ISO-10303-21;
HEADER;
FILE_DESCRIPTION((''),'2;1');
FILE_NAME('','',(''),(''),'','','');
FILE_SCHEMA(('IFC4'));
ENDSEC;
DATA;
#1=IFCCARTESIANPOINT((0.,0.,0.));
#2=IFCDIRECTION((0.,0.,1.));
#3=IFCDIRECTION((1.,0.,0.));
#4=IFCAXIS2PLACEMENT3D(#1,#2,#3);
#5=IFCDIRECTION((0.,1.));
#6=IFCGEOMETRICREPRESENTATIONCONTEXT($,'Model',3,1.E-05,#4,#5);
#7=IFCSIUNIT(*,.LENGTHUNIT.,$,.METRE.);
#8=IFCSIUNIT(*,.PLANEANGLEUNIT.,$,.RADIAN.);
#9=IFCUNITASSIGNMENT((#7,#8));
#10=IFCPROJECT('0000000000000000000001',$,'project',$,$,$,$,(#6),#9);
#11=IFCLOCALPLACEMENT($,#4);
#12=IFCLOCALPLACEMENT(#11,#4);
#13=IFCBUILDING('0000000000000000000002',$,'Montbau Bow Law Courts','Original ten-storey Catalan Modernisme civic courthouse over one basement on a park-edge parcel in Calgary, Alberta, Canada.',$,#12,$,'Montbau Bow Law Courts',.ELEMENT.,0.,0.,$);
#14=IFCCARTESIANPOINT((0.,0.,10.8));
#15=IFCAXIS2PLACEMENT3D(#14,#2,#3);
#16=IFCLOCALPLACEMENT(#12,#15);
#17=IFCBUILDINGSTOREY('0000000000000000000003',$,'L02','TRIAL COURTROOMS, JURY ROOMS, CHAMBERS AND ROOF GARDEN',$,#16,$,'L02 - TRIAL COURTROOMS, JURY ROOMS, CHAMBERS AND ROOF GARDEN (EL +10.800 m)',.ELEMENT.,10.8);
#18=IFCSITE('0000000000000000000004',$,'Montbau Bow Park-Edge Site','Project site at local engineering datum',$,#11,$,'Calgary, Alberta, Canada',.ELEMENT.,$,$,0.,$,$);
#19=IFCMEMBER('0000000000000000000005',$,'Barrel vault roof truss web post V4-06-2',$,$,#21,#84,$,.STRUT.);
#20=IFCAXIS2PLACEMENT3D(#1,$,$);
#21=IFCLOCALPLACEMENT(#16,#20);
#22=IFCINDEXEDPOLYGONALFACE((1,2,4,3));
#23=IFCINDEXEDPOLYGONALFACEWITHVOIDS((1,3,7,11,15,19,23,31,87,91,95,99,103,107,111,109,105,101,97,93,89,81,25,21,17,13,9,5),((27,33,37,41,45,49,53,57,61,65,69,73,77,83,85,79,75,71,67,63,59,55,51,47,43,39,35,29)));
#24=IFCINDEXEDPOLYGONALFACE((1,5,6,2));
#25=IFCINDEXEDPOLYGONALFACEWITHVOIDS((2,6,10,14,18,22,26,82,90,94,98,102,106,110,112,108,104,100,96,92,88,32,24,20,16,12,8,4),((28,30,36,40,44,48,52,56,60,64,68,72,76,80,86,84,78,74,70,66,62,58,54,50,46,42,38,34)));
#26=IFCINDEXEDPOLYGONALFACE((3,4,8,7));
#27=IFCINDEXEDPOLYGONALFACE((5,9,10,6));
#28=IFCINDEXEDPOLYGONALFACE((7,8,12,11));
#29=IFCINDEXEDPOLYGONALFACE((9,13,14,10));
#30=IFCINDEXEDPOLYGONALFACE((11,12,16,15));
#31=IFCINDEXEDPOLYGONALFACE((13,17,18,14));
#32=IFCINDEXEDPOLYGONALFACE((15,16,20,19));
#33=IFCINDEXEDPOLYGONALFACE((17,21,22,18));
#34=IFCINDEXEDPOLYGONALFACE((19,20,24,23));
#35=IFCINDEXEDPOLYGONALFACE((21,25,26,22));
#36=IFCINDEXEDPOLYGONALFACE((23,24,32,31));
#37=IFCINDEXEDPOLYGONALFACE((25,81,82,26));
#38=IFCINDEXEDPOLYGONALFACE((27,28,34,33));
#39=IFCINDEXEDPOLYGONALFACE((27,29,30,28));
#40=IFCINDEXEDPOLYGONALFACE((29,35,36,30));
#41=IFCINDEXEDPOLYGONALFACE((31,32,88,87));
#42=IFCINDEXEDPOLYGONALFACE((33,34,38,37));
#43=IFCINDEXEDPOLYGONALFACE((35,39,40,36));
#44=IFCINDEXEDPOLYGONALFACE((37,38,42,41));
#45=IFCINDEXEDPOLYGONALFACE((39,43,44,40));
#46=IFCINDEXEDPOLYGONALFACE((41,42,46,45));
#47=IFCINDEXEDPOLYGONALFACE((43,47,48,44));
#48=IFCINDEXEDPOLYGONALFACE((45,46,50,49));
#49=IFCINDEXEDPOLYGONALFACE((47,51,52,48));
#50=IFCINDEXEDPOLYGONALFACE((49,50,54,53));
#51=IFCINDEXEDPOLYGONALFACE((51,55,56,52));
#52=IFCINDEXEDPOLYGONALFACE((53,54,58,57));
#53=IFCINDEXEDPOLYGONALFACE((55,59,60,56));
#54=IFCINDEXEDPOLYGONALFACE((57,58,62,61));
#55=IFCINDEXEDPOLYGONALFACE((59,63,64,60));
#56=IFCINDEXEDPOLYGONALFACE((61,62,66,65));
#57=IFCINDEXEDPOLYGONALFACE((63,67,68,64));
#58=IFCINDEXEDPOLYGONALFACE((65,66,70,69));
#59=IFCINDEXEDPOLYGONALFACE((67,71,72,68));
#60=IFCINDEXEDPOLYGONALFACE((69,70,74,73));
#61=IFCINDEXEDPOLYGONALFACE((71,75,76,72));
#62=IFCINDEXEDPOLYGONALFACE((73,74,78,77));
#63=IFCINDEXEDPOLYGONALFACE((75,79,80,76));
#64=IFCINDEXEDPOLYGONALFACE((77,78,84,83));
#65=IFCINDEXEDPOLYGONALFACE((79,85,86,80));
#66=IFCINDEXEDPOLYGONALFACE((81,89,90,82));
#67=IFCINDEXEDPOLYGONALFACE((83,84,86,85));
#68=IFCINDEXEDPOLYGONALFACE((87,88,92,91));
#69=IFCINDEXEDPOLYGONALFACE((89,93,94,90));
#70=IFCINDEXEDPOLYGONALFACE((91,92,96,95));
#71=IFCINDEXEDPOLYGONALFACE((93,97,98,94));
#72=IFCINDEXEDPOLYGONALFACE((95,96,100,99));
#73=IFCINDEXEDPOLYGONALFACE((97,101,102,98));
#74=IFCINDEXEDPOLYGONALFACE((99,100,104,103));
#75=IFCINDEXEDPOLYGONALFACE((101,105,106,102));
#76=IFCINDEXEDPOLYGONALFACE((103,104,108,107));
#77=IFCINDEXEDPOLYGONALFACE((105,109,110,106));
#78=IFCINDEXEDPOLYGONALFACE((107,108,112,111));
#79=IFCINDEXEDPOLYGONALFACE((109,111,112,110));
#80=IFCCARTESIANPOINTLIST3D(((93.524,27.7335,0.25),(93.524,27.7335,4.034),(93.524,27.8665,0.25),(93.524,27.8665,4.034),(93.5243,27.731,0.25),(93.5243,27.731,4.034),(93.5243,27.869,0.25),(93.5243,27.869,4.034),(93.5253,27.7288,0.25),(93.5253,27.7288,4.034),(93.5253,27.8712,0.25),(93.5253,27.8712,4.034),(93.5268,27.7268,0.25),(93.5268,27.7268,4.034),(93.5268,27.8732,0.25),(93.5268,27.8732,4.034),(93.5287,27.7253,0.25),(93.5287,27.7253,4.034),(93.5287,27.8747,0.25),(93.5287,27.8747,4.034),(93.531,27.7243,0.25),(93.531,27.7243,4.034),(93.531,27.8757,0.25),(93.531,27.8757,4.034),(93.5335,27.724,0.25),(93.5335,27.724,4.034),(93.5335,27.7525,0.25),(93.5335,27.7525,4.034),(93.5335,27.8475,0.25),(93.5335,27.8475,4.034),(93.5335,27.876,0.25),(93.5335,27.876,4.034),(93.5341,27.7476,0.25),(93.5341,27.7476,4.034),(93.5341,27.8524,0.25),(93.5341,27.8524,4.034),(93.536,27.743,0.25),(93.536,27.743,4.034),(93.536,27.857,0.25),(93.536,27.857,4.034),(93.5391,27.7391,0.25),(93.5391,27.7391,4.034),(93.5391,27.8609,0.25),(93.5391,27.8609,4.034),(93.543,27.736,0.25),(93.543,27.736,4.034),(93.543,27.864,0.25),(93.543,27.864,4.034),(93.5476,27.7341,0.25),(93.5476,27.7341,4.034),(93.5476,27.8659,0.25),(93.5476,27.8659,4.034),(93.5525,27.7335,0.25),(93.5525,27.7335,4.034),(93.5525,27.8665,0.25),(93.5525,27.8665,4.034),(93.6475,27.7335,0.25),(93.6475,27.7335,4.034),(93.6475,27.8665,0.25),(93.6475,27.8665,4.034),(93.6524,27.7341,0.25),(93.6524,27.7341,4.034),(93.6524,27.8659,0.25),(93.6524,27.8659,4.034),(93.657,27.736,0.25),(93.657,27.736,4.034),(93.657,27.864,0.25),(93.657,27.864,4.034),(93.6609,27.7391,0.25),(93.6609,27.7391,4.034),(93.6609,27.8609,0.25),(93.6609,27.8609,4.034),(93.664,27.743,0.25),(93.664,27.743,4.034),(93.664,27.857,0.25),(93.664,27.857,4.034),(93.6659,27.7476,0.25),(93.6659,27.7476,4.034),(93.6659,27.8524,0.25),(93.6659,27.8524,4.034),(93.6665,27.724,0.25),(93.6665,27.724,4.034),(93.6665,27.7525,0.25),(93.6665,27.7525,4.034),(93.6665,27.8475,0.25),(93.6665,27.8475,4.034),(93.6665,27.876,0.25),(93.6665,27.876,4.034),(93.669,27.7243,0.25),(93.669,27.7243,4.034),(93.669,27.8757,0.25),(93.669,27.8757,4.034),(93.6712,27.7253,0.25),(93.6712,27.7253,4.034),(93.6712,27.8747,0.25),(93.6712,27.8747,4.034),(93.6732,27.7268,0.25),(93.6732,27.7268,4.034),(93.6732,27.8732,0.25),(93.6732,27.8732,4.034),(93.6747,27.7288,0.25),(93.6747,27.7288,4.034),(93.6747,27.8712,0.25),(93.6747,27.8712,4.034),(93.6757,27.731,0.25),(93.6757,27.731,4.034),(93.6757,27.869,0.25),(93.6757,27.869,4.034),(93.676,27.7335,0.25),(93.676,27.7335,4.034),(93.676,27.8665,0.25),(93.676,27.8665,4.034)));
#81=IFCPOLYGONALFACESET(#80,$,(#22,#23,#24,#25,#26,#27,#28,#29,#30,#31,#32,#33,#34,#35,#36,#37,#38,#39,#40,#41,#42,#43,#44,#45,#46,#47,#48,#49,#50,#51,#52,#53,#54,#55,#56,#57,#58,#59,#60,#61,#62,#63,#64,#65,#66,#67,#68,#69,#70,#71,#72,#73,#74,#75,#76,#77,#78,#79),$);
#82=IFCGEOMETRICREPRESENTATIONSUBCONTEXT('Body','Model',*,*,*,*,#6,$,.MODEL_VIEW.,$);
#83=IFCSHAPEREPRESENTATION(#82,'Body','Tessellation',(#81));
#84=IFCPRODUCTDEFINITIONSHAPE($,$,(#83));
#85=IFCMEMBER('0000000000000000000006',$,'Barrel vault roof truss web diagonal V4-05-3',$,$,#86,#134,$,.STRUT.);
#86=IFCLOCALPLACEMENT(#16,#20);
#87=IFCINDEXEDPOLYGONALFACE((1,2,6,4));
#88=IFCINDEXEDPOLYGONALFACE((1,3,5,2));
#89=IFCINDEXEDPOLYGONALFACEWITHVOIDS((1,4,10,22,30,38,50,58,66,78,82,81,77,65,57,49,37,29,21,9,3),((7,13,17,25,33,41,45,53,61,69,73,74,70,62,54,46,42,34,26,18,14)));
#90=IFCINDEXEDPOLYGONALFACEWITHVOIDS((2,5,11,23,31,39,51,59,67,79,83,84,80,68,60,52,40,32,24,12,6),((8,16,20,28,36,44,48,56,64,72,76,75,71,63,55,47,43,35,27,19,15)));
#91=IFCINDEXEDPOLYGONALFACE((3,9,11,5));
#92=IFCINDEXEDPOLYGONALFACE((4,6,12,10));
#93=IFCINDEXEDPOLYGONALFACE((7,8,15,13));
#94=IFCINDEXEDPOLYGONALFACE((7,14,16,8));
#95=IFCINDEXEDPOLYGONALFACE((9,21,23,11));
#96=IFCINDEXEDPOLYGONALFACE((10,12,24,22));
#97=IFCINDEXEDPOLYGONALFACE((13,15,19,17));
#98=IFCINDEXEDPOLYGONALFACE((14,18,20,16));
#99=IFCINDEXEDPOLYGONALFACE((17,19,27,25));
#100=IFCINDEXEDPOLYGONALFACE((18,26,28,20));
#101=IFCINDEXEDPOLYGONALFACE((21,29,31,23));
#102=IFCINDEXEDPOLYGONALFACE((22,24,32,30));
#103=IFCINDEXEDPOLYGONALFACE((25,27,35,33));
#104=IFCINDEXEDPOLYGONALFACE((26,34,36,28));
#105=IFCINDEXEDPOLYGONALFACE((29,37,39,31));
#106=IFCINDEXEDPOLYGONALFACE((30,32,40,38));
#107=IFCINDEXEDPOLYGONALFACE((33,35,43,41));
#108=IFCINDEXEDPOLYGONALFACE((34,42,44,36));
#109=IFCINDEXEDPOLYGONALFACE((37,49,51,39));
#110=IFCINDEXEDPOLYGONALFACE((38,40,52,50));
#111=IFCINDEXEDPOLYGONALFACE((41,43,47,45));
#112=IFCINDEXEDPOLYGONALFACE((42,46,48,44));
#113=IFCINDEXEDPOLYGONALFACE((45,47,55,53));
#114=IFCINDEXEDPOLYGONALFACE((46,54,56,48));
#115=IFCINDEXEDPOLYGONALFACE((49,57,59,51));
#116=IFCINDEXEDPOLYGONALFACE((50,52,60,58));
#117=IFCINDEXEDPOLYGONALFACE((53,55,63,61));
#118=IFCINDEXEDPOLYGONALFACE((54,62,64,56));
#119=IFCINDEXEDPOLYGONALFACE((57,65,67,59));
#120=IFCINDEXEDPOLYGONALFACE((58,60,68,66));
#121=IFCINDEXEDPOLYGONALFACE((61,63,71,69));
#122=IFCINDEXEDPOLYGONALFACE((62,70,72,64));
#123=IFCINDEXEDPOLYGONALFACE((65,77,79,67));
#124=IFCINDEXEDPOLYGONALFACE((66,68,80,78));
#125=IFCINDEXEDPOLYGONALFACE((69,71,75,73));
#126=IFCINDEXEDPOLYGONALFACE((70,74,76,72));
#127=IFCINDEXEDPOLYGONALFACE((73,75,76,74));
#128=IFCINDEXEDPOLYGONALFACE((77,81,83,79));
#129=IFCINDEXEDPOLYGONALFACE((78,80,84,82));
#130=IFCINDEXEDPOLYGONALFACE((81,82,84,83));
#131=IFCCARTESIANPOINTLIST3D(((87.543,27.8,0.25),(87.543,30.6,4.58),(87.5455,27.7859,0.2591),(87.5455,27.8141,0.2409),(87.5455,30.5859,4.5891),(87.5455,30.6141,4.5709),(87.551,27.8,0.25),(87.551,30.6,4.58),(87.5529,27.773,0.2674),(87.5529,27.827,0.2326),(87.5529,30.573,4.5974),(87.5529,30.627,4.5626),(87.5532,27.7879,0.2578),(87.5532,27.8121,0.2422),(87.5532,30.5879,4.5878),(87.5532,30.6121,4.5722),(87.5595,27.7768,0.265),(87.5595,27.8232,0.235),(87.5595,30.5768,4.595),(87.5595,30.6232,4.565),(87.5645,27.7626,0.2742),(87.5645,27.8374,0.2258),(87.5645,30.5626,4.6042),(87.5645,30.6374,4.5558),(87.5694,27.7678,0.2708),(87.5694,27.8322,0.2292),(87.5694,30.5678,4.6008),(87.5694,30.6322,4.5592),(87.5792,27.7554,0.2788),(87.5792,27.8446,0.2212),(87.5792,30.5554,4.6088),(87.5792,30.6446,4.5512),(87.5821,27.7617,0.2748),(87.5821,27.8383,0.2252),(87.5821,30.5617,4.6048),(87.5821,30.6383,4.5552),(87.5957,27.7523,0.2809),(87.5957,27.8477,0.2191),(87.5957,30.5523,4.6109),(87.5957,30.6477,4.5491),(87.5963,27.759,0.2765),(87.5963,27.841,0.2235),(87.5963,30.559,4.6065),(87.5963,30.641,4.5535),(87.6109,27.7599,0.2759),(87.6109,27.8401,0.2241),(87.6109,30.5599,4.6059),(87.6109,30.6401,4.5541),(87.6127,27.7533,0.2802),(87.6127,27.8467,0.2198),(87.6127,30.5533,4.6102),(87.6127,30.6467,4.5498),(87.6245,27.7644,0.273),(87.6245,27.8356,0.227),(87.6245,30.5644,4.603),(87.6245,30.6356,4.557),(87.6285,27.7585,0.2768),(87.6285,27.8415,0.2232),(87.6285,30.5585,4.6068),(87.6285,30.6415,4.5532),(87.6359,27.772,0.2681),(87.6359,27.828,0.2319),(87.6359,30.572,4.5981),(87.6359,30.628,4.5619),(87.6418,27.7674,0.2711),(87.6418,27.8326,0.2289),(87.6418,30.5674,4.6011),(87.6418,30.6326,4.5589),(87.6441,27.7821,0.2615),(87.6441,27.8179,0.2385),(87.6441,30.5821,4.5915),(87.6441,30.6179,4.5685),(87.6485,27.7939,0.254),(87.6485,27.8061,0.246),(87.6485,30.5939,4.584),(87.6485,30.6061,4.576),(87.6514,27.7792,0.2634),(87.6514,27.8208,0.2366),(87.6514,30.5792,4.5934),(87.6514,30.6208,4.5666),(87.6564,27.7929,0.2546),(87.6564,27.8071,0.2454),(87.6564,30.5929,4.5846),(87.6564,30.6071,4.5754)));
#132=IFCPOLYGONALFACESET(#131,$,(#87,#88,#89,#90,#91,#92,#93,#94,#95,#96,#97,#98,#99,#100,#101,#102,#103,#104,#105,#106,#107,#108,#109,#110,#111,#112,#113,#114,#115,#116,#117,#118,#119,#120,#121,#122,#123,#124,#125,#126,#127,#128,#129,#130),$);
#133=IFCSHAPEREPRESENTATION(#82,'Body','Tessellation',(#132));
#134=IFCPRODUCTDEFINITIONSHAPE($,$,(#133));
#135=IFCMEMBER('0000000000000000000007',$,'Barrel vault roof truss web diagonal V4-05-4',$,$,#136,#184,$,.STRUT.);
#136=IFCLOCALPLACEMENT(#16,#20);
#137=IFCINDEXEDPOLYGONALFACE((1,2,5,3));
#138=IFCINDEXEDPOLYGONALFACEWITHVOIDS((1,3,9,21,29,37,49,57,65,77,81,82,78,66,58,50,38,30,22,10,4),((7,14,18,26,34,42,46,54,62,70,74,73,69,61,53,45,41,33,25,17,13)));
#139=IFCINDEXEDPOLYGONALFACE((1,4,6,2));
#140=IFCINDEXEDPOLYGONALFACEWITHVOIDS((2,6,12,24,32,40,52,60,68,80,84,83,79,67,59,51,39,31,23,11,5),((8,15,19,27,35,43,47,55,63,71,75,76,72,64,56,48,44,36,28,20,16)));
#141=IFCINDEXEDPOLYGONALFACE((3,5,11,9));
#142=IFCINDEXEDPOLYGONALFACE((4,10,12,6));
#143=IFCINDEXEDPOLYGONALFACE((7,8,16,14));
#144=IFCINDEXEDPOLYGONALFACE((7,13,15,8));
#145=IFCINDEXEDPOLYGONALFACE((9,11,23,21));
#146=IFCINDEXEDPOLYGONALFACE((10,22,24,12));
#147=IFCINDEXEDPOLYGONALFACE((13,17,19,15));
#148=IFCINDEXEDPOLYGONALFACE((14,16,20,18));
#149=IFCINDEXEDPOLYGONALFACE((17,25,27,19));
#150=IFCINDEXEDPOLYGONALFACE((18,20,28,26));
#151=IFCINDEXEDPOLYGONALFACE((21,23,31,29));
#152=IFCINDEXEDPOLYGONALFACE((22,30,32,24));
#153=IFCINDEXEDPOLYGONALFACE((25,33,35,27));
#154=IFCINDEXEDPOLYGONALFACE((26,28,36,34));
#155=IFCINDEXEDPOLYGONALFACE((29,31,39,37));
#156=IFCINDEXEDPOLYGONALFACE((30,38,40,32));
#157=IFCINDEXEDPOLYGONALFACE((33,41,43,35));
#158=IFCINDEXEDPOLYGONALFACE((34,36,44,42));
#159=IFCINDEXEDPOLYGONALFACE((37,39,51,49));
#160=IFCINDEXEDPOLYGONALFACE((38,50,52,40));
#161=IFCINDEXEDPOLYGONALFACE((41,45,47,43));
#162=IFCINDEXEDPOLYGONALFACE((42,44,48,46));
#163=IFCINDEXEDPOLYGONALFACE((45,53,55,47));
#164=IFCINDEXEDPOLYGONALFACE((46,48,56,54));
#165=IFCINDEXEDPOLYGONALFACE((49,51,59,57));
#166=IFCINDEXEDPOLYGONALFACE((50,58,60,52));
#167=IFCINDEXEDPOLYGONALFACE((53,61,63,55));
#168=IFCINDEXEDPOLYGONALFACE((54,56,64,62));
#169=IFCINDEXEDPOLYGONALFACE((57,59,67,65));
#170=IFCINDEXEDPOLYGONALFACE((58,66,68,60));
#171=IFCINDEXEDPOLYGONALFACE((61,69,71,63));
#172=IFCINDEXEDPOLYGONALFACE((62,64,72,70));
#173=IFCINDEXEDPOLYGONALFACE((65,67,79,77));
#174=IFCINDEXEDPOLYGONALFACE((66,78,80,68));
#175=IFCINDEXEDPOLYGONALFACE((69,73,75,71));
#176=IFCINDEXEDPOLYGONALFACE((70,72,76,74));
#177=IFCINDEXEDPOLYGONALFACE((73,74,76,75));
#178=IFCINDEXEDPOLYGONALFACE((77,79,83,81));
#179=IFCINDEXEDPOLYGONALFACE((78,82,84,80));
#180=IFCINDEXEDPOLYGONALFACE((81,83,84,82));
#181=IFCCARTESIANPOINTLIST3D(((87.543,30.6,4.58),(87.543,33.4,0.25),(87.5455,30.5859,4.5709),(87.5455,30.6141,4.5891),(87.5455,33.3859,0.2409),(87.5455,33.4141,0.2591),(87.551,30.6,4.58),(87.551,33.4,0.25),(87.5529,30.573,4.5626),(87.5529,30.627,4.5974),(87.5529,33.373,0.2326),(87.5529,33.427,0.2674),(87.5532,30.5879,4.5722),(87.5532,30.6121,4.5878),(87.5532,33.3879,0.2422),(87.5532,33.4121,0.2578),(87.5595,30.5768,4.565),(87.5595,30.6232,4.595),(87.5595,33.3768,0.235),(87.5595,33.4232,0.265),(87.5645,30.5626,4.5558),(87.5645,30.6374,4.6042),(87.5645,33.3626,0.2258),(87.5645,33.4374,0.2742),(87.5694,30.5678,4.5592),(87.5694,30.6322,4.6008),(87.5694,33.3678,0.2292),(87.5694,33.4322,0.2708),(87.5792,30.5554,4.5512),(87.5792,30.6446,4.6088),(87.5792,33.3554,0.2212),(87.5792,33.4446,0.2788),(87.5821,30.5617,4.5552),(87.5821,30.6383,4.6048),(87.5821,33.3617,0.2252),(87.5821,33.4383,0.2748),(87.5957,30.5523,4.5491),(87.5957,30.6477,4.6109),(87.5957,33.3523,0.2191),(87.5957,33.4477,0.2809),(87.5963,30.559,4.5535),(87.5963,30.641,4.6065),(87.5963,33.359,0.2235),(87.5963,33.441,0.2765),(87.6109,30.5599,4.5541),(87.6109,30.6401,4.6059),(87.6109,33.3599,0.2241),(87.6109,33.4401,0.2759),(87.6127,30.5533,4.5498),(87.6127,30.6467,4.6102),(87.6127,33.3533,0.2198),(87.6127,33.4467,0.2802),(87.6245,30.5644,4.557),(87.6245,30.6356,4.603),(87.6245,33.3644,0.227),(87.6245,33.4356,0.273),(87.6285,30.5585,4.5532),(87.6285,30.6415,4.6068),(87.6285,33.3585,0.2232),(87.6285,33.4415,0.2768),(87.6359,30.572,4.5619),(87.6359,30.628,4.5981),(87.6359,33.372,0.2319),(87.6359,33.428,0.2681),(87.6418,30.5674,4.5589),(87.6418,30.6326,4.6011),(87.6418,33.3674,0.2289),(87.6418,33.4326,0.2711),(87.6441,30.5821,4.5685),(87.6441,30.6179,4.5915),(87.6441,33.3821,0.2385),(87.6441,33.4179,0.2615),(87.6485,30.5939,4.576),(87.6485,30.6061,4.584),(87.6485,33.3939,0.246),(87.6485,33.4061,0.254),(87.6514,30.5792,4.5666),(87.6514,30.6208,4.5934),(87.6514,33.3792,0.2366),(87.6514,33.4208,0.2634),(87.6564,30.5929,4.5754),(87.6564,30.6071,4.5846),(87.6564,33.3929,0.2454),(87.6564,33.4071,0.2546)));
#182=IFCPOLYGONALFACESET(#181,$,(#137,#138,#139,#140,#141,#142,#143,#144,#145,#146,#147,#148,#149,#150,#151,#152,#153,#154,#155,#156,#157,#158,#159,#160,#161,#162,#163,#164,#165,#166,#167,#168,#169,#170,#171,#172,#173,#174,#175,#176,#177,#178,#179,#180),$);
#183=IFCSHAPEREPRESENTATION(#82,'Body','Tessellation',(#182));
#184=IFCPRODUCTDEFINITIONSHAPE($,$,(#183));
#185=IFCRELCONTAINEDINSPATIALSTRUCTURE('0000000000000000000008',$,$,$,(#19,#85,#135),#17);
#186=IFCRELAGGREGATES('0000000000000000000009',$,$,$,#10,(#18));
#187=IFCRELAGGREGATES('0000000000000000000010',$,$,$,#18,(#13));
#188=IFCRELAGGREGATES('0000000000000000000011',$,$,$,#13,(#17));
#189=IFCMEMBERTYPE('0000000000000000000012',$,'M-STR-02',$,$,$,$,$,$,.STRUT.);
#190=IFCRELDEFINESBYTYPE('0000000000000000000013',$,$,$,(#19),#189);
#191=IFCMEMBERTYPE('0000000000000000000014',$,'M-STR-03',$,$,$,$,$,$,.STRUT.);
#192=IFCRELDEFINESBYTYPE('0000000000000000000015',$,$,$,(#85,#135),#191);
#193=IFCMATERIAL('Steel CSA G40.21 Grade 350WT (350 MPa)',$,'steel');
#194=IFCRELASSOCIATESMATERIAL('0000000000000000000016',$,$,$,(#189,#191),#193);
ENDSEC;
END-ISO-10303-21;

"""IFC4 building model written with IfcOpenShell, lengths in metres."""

from ifc_helpers import new_model, si_unit, direction, frame, origin_with_axes, origin_2d_with_axis, place, context, subcontext, project, spatial, hollow_rectangle, hollow_circle, extrude, material, material_profile, profile_set, type_object, element, save


model = new_model("IFC4")

# Units and contexts
model_context = context("Model", 3, precision=1e-05, world=origin_with_axes(), true_north=direction((0.0, 1.0)))
body_context = subcontext(model_context, "Body", "Model", "MODEL_VIEW")
ifc_project = project(units=[si_unit("LENGTHUNIT", "METRE"), si_unit("PLANEANGLEUNIT", "RADIAN")], contexts=[model_context])

# Site, building, storey
site_placement = place(None, origin_with_axes())
site = spatial("IfcSite", under=ifc_project, at=site_placement, Name="Montbau Bow Park-Edge Site", Description="Project site at local engineering datum", LongName="Calgary, Alberta, Canada", CompositionType="ELEMENT", RefElevation=0.0)
building_placement = place(site_placement, origin_with_axes())
building = spatial("IfcBuilding", under=site, at=building_placement, Name="Montbau Bow Law Courts", Description="Original ten-storey Catalan Modernisme civic courthouse over one basement on a park-edge parcel in Calgary, Alberta, Canada.", LongName="Montbau Bow Law Courts", CompositionType="ELEMENT", ElevationOfRefHeight=0.0, ElevationOfTerrain=0.0)
storey_placement = place(building_placement, frame((0.0, 0.0, 10.8), z_axis=(0.0, 0.0, 1.0), x_axis=(1.0, 0.0, 0.0)))
storey = spatial("IfcBuildingStorey", under=building, at=storey_placement, Name="L02", Description="TRIAL COURTROOMS, JURY ROOMS, CHAMBERS AND ROOF GARDEN", LongName="L02 - TRIAL COURTROOMS, JURY ROOMS, CHAMBERS AND ROOF GARDEN (EL +10.800 m)", CompositionType="ELEMENT", Elevation=10.8)

# Shared definitions
ifc_material_1 = material(Name="Steel CSA G40.21 Grade 350WT (350 MPa)", Category="steel")

# Members
ifc_material_profile_1 = material_profile(ifc_material_1, hollow_rectangle(XDim=0.152, YDim=0.152, WallThickness=0.0095, InnerFilletRadius=0.019, OuterFilletRadius=0.0095, at=origin_2d_with_axis()), Name="HSS152X152X9.5", Category="Main", Priority=0)
ifc_profile_set_1 = profile_set([ifc_material_profile_1], Name="Steel CSA G40.21 Grade 350WT (350 MPa)")
member_type_1 = type_object("IfcMemberType", Name="M-STR-02", PredefinedType="STRUT", material=ifc_profile_set_1)
member_1_placement = place(None, frame((93.6, 27.8, 11.05), z_axis=(0.0, 0.0, 1.0), x_axis=(1.0, 0.0, 0.0)))
element("IfcMember", 1, at=member_1_placement, inside=storey, type_object=member_type_1, Name="Barrel vault roof truss web post V4-06-2", PredefinedType="STRUT", context=body_context, shape_type="SweptSolid", body=[
    extrude(hollow_rectangle(XDim=0.152, YDim=0.152, WallThickness=0.0095, InnerFilletRadius=0.019, OuterFilletRadius=0.0095, at=origin_2d_with_axis()), origin_with_axes(), (0.0, 0.0, 1.0), 3.784),
])
ifc_material_profile_2 = material_profile(ifc_material_1, hollow_circle(Radius=0.057, WallThickness=0.008, at=origin_2d_with_axis()), Name="HSS114X8.0", Category="Main", Priority=0)
ifc_profile_set_2 = profile_set([ifc_material_profile_2], Name="Steel CSA G40.21 Grade 350WT (350 MPa)")
member_type_2 = type_object("IfcMemberType", Name="M-STR-03", PredefinedType="STRUT", material=ifc_profile_set_2)
for number, where, z_axis, x_axis, name in (
    (2, (87.6, 27.8, 11.05), (0.0, 0.54301, 0.839726), (-1.0, 0.0, 0.0), "Barrel vault roof truss web diagonal V4-05-3"),
    (3, (87.6, 30.6, 15.38), (0.0, 0.54301, -0.839726), (-1.0, 0.0, 0.0), "Barrel vault roof truss web diagonal V4-05-4"),
):
    element("IfcMember", number, at=place(None, frame(where, z_axis=z_axis, x_axis=x_axis)), inside=storey, type_object=member_type_2, Name=name, PredefinedType="STRUT", context=body_context, shape_type="SweptSolid", body=[
        extrude(hollow_circle(Radius=0.057, WallThickness=0.008, at=origin_2d_with_axis()), origin_with_axes(), (0.0, 0.0, 1.0), 5.1564),
    ])

save(model, "model.ifc")
